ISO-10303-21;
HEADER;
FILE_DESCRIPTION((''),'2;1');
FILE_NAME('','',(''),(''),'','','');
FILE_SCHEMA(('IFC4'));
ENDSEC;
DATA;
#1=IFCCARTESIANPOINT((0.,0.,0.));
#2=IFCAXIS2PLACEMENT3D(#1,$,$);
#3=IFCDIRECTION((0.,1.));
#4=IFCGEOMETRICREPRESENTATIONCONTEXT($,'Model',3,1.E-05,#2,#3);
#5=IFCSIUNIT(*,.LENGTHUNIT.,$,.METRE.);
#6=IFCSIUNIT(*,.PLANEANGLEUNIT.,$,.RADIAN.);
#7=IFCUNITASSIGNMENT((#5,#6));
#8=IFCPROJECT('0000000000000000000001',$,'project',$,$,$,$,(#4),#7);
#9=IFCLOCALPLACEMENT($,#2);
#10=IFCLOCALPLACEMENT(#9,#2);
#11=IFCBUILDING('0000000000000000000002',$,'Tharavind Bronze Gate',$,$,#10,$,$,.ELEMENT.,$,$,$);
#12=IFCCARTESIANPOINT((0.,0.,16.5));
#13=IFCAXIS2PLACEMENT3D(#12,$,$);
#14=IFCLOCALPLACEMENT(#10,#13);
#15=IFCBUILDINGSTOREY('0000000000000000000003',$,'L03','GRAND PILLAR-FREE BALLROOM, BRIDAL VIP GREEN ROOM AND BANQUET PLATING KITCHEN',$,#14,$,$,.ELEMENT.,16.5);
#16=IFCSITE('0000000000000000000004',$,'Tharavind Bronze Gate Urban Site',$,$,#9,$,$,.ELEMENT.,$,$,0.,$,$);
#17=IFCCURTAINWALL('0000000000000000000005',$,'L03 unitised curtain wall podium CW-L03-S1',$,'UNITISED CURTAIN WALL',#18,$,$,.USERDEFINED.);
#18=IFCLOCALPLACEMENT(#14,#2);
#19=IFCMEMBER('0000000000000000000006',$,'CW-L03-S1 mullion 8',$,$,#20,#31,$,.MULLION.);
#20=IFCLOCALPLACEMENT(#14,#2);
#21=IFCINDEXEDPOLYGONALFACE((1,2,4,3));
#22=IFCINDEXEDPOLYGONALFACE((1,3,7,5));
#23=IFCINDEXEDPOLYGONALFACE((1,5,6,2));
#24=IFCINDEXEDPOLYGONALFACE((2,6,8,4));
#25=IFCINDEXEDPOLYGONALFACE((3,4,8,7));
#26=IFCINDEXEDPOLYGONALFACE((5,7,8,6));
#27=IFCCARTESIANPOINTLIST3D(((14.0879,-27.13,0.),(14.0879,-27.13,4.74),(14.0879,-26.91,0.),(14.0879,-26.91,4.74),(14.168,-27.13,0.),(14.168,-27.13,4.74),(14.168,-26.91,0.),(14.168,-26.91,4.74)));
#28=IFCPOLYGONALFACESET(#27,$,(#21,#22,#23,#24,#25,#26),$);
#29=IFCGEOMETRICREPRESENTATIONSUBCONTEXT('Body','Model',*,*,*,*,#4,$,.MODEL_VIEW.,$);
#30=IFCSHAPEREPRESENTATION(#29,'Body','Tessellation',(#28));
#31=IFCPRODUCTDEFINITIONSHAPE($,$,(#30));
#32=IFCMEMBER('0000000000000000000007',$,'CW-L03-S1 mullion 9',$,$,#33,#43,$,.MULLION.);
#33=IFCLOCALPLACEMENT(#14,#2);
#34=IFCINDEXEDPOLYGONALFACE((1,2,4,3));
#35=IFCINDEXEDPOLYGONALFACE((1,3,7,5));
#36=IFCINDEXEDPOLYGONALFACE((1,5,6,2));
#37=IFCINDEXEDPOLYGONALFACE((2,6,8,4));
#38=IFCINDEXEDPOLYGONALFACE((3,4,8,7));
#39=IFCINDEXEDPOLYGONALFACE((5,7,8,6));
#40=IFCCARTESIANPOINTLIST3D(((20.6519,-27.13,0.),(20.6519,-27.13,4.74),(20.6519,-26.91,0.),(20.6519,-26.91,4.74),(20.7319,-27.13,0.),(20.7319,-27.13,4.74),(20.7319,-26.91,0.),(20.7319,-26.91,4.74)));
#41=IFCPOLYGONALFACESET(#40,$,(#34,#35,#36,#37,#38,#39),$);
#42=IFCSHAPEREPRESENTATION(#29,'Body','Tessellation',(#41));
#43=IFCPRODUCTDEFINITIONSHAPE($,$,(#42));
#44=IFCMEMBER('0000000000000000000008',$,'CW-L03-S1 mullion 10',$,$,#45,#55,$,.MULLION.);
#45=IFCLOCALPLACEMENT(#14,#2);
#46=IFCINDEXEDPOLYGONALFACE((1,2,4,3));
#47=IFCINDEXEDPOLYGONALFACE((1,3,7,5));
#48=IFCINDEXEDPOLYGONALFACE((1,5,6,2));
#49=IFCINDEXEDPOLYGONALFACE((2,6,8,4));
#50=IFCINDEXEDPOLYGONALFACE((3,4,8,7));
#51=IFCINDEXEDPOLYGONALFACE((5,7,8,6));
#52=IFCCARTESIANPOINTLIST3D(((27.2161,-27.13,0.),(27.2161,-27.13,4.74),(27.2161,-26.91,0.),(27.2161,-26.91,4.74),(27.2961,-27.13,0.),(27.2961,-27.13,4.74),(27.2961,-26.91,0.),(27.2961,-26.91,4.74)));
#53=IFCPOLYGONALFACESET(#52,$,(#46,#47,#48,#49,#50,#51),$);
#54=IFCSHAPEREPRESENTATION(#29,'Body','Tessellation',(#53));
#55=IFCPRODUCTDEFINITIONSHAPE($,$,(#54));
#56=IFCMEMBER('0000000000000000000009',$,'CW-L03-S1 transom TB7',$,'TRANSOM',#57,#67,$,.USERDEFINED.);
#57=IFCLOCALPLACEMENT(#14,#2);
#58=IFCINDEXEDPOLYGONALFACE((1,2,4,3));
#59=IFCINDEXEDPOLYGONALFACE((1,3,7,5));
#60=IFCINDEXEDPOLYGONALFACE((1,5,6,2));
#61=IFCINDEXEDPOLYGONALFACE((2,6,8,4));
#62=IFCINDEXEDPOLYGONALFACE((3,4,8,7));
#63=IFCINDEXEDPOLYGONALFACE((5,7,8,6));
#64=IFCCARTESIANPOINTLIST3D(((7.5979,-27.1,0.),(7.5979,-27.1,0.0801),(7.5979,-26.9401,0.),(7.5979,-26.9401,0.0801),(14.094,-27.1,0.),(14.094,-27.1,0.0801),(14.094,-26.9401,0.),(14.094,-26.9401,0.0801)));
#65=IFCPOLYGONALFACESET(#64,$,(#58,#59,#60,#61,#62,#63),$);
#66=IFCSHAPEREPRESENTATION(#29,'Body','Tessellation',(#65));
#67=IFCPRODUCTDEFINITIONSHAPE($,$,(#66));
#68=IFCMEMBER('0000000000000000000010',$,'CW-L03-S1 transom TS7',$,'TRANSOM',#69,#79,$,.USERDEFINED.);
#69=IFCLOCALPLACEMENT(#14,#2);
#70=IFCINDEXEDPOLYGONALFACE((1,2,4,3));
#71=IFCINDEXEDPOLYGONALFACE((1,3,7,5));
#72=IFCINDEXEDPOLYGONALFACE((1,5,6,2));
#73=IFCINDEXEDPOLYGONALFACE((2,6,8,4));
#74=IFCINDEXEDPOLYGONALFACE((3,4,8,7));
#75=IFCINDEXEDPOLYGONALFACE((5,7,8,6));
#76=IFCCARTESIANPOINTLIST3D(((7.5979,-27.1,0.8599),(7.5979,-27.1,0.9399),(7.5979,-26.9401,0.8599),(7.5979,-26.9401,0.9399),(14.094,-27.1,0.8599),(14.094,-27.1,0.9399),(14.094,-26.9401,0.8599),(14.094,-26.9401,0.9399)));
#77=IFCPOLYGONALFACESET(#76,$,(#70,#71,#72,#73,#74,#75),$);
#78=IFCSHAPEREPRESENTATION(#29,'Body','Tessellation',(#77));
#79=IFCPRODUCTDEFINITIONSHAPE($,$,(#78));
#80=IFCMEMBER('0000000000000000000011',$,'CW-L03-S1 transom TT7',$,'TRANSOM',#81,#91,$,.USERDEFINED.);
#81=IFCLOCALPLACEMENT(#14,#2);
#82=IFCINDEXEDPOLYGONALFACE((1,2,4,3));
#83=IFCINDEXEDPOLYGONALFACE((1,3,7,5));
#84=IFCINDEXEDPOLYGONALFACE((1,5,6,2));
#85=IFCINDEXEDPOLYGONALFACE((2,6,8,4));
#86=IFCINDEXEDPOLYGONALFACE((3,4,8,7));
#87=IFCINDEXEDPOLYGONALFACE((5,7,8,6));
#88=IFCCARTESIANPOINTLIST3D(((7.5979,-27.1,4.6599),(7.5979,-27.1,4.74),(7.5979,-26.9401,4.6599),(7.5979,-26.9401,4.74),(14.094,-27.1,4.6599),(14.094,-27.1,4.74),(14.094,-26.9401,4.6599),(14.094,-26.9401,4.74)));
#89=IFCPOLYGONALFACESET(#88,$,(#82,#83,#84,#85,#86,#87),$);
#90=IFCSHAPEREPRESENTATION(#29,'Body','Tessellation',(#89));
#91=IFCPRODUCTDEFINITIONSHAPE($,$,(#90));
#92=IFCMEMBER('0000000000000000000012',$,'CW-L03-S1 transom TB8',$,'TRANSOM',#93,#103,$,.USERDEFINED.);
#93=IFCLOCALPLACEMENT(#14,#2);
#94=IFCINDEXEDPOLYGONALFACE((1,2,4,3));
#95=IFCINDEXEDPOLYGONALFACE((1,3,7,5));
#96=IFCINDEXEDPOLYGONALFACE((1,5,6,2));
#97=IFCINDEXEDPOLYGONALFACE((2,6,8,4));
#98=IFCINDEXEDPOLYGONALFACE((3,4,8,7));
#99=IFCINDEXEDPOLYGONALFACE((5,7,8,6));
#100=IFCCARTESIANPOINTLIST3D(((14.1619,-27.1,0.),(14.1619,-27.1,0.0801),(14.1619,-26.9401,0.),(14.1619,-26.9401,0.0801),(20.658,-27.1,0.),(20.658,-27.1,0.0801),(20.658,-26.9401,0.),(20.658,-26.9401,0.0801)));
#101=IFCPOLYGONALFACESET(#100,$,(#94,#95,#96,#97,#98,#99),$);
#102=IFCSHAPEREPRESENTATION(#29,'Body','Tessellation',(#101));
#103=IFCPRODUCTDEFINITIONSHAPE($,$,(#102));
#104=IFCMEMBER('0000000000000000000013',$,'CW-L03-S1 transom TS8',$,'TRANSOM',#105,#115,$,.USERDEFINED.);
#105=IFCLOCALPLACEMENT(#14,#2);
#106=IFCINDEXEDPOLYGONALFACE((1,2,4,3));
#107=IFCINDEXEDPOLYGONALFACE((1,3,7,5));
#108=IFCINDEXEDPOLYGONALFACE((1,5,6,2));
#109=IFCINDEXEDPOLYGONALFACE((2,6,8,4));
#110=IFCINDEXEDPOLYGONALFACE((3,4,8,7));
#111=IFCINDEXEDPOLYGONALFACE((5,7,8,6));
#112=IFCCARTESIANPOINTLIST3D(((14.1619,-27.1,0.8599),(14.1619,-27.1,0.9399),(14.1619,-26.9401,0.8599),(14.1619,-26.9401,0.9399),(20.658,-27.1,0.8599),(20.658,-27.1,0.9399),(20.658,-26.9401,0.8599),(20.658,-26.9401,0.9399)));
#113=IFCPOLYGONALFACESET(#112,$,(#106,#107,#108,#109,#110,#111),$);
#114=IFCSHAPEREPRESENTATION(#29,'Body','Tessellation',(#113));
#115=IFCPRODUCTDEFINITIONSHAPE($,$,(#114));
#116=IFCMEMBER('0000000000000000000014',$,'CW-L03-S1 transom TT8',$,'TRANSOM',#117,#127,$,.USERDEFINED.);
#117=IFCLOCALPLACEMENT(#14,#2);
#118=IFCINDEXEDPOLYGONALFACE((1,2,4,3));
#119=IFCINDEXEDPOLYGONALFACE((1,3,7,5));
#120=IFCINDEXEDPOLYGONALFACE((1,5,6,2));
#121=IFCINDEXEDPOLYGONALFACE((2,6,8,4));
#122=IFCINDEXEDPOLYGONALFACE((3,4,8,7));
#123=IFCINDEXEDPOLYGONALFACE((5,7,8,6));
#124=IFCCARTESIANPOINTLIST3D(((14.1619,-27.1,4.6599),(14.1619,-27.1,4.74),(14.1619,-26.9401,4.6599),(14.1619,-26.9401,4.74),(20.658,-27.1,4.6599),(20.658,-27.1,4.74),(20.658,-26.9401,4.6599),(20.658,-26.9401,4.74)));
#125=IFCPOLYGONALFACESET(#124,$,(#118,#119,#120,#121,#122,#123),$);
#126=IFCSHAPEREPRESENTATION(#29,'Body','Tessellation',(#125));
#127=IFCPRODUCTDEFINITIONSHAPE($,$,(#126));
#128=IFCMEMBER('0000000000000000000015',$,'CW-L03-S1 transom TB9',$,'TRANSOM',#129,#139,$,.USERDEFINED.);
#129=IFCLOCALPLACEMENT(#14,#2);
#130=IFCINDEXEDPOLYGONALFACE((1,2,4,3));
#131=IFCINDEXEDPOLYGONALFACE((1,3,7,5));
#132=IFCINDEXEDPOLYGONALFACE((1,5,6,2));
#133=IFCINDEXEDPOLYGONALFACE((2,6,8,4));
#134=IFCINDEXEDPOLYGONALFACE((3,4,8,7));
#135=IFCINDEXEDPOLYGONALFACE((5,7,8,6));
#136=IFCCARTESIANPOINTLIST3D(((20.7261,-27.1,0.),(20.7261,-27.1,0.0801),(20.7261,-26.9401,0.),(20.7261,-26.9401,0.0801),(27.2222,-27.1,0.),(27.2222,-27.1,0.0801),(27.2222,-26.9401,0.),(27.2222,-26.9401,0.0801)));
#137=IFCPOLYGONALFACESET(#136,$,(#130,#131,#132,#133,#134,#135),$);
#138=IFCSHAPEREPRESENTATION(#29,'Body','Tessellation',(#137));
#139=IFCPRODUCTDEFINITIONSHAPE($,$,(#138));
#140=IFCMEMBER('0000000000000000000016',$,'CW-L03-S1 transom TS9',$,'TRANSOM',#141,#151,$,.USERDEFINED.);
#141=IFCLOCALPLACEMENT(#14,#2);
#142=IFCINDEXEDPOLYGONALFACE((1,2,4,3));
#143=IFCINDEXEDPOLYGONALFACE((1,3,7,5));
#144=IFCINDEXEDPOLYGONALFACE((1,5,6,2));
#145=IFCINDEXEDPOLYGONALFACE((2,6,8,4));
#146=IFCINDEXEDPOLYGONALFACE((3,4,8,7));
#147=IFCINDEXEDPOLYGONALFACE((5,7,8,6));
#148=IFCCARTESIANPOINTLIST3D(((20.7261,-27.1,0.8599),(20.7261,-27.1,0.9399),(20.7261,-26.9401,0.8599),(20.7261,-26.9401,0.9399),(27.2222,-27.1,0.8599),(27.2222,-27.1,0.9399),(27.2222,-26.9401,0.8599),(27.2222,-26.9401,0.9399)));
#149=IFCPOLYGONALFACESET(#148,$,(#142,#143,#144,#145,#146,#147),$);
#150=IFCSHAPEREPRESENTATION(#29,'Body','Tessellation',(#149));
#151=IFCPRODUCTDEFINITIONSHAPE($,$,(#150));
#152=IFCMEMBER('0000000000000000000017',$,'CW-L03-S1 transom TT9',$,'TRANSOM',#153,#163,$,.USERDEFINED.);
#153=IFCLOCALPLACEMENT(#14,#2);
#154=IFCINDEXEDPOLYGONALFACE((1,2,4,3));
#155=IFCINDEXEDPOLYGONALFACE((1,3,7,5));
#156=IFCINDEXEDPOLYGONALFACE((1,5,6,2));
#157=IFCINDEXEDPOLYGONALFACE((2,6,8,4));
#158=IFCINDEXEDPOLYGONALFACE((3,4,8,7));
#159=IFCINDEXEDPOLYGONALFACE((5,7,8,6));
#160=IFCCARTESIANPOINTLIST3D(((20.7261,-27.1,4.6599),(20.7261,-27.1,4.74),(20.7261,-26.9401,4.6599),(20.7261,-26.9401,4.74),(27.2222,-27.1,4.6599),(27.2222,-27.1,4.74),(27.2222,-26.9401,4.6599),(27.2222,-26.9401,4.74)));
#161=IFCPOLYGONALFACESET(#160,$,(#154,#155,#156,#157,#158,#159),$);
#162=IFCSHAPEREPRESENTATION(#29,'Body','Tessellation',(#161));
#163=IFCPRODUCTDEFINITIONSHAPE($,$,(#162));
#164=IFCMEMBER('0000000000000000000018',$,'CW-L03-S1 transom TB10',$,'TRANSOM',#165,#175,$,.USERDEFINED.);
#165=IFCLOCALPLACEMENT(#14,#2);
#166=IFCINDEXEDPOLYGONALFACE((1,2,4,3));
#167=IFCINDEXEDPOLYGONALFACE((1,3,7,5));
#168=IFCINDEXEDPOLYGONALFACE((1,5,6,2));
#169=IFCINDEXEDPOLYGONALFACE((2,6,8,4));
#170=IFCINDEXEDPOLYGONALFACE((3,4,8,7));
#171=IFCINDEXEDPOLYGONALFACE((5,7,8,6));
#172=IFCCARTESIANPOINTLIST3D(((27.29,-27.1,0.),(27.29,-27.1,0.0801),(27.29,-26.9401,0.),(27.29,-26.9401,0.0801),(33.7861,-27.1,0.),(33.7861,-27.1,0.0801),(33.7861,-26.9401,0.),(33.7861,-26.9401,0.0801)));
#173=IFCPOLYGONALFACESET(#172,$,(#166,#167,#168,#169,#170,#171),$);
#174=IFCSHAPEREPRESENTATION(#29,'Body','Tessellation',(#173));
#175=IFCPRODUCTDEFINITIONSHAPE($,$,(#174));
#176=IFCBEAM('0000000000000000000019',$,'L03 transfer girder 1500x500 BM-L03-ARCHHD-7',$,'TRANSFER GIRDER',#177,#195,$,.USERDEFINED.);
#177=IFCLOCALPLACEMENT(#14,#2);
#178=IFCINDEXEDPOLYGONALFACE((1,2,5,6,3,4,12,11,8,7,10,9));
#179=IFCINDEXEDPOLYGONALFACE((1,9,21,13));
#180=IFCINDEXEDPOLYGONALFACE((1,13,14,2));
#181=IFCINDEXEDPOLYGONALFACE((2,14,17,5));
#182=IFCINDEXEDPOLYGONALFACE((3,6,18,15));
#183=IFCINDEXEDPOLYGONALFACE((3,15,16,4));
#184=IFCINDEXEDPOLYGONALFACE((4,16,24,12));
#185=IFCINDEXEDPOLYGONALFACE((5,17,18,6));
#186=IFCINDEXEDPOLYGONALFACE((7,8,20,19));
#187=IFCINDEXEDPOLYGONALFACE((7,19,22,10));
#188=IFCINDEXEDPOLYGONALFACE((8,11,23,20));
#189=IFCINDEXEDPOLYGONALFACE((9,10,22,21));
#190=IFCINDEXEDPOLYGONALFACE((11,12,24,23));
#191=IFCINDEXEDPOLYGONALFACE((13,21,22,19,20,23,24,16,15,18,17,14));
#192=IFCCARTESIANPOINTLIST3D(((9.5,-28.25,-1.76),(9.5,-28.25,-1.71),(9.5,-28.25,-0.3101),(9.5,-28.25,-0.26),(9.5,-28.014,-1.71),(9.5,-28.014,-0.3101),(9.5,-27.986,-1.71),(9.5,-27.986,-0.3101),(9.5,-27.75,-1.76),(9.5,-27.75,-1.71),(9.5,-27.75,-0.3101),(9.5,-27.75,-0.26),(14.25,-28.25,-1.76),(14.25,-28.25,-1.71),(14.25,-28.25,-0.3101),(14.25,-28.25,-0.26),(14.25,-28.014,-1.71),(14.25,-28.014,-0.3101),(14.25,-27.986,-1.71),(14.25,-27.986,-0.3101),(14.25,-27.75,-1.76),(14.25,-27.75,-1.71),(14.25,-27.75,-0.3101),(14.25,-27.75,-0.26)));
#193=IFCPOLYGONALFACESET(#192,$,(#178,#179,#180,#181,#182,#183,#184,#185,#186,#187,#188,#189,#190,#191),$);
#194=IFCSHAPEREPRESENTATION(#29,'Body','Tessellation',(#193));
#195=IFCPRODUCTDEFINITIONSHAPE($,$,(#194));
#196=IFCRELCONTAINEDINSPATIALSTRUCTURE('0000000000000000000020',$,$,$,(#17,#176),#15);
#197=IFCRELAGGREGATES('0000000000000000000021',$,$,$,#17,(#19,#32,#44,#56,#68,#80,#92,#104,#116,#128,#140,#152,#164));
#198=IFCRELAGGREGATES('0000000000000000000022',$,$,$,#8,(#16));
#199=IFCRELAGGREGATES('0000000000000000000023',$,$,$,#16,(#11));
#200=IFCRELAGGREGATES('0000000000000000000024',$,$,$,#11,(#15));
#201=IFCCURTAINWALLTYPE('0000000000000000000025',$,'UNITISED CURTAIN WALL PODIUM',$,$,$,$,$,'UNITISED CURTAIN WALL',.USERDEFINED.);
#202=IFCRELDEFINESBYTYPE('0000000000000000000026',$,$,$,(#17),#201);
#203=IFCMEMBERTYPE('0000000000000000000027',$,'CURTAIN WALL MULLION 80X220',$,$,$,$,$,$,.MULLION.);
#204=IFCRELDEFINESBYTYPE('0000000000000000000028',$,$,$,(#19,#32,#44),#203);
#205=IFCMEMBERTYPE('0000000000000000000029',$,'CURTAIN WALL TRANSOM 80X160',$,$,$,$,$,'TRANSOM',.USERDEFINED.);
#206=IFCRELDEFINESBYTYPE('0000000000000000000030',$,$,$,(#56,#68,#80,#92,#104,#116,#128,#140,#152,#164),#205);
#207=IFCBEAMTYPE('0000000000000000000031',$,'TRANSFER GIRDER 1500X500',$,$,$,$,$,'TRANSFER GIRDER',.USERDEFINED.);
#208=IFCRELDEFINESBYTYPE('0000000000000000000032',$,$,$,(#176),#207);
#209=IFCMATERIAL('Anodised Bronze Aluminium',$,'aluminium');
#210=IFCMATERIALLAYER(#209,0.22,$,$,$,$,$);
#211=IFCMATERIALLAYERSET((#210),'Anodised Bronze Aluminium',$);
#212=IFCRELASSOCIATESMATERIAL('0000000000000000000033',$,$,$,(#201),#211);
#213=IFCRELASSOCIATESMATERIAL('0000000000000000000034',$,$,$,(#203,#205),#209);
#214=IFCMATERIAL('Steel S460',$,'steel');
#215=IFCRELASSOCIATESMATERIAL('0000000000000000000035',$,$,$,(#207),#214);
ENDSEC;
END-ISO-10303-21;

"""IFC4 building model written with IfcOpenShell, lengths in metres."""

from ifc_helpers import new_model, si_unit, direction, frame, origin, origin_2d, place, context, subcontext, project, spatial, rectangle, i_section, extrude, material, layer, layer_set, material_profile, profile_set, type_object, element, aggregate, save


model = new_model("IFC4")

# Units and contexts
model_context = context("Model", 3, precision=1e-05, world=origin(), true_north=direction((0.0, 1.0)))
body_context = subcontext(model_context, "Body", "Model", "MODEL_VIEW")
ifc_project = project(units=[si_unit("LENGTHUNIT", "METRE"), si_unit("PLANEANGLEUNIT", "RADIAN")], contexts=[model_context])

# Site, building, storey
site_placement = place(None, origin())
site = spatial("IfcSite", under=ifc_project, at=site_placement, Name="Tharavind Bronze Gate Urban Site", CompositionType="ELEMENT", RefElevation=0.0)
building_placement = place(site_placement, origin())
building = spatial("IfcBuilding", under=site, at=building_placement, Name="Tharavind Bronze Gate", CompositionType="ELEMENT")
storey_placement = place(building_placement, frame((0.0, 0.0, 16.5)))
storey = spatial("IfcBuildingStorey", under=building, at=storey_placement, Name="L03", Description="GRAND PILLAR-FREE BALLROOM, BRIDAL VIP GREEN ROOM AND BANQUET PLATING KITCHEN", CompositionType="ELEMENT", Elevation=16.5)

# Curtain wall, members
ifc_material_1 = material(Name="Anodised Bronze Aluminium", Category="aluminium")
ifc_layer_1 = layer(ifc_material_1, 0.22)
ifc_layer_set_1 = layer_set([ifc_layer_1], Name="Anodised Bronze Aluminium")
curtain_wall_type = type_object("IfcCurtainWallType", Name="UNITISED CURTAIN WALL PODIUM", ElementType="UNITISED CURTAIN WALL", PredefinedType="USERDEFINED", material=ifc_layer_set_1)
curtain_wall_placement = place(storey_placement, origin())
curtain_wall = element("IfcCurtainWall", 1, at=curtain_wall_placement, inside=storey, type_object=curtain_wall_type, Name="L03 unitised curtain wall podium CW-L03-S1", ObjectType="UNITISED CURTAIN WALL", PredefinedType="USERDEFINED")
member_type_1 = type_object("IfcMemberType", Name="CURTAIN WALL MULLION 80X220", PredefinedType="MULLION", material=ifc_material_1)
member_1_placement = place(storey_placement, frame((14.1279, -27.02, 0.0), z_axis=(0.0, 0.0, 1.0), x_axis=(1.0, 0.0, 0.0)))
member_1 = element("IfcMember", 2, at=member_1_placement, type_object=member_type_1, Name="CW-L03-S1 mullion 8", PredefinedType="MULLION", context=body_context, shape_type="SweptSolid", body=[
    extrude(rectangle(XDim=0.0801, YDim=0.22, at=origin_2d()), origin(), (0.0, 0.0, 1.0), 4.74),
])
member_2_placement = place(storey_placement, frame((20.6919, -27.02, 0.0), z_axis=(0.0, 0.0, 1.0), x_axis=(1.0, 0.0, 0.0)))
member_2 = element("IfcMember", 3, at=member_2_placement, type_object=member_type_1, Name="CW-L03-S1 mullion 9", PredefinedType="MULLION", context=body_context, shape_type="SweptSolid", body=[
    extrude(rectangle(XDim=0.0801, YDim=0.22, at=origin_2d()), origin(), (0.0, 0.0, 1.0), 4.74),
])
member_3_placement = place(storey_placement, frame((27.2561, -27.02, 0.0), z_axis=(0.0, 0.0, 1.0), x_axis=(1.0, 0.0, 0.0)))
member_3 = element("IfcMember", 4, at=member_3_placement, type_object=member_type_1, Name="CW-L03-S1 mullion 10", PredefinedType="MULLION", context=body_context, shape_type="SweptSolid", body=[
    extrude(rectangle(XDim=0.0801, YDim=0.22, at=origin_2d()), origin(), (0.0, 0.0, 1.0), 4.74),
])
member_type_2 = type_object("IfcMemberType", Name="CURTAIN WALL TRANSOM 80X160", ElementType="TRANSOM", PredefinedType="USERDEFINED", material=ifc_material_1)
member_4_placement = place(storey_placement, frame((10.8459, -27.02, 0.0), z_axis=(0.0, 0.0, 1.0), x_axis=(1.0, 0.0, 0.0)))
member_4 = element("IfcMember", 5, at=member_4_placement, type_object=member_type_2, Name="CW-L03-S1 transom TB7", ObjectType="TRANSOM", PredefinedType="USERDEFINED", context=body_context, shape_type="SweptSolid", body=[
    extrude(rectangle(XDim=6.4961, YDim=0.1599, at=origin_2d()), origin(), (0.0, 0.0, 1.0), 0.0801),
])
member_5_placement = place(storey_placement, frame((10.8459, -27.02, 0.8599), z_axis=(0.0, 0.0, 1.0), x_axis=(1.0, 0.0, 0.0)))
member_5 = element("IfcMember", 6, at=member_5_placement, type_object=member_type_2, Name="CW-L03-S1 transom TS7", ObjectType="TRANSOM", PredefinedType="USERDEFINED", context=body_context, shape_type="SweptSolid", body=[
    extrude(rectangle(XDim=6.4961, YDim=0.1599, at=origin_2d()), origin(), (0.0, 0.0, 1.0), 0.0801),
])
member_6_placement = place(storey_placement, frame((10.8459, -27.02, 4.6599), z_axis=(0.0, 0.0, 1.0), x_axis=(1.0, 0.0, 0.0)))
member_6 = element("IfcMember", 7, at=member_6_placement, type_object=member_type_2, Name="CW-L03-S1 transom TT7", ObjectType="TRANSOM", PredefinedType="USERDEFINED", context=body_context, shape_type="SweptSolid", body=[
    extrude(rectangle(XDim=6.4961, YDim=0.1599, at=origin_2d()), origin(), (0.0, 0.0, 1.0), 0.0801),
])
member_7_placement = place(storey_placement, frame((17.4099, -27.02, 0.0), z_axis=(0.0, 0.0, 1.0), x_axis=(1.0, 0.0, 0.0)))
member_7 = element("IfcMember", 8, at=member_7_placement, type_object=member_type_2, Name="CW-L03-S1 transom TB8", ObjectType="TRANSOM", PredefinedType="USERDEFINED", context=body_context, shape_type="SweptSolid", body=[
    extrude(rectangle(XDim=6.4961, YDim=0.1599, at=origin_2d()), origin(), (0.0, 0.0, 1.0), 0.0801),
])
member_8_placement = place(storey_placement, frame((17.4099, -27.02, 0.8599), z_axis=(0.0, 0.0, 1.0), x_axis=(1.0, 0.0, 0.0)))
member_8 = element("IfcMember", 9, at=member_8_placement, type_object=member_type_2, Name="CW-L03-S1 transom TS8", ObjectType="TRANSOM", PredefinedType="USERDEFINED", context=body_context, shape_type="SweptSolid", body=[
    extrude(rectangle(XDim=6.4961, YDim=0.1599, at=origin_2d()), origin(), (0.0, 0.0, 1.0), 0.0801),
])
member_9_placement = place(storey_placement, frame((17.4099, -27.02, 4.6599), z_axis=(0.0, 0.0, 1.0), x_axis=(1.0, 0.0, 0.0)))
member_9 = element("IfcMember", 10, at=member_9_placement, type_object=member_type_2, Name="CW-L03-S1 transom TT8", ObjectType="TRANSOM", PredefinedType="USERDEFINED", context=body_context, shape_type="SweptSolid", body=[
    extrude(rectangle(XDim=6.4961, YDim=0.1599, at=origin_2d()), origin(), (0.0, 0.0, 1.0), 0.0801),
])
member_10_placement = place(storey_placement, frame((23.9741, -27.02, 0.0), z_axis=(0.0, 0.0, 1.0), x_axis=(1.0, 0.0, 0.0)))
member_10 = element("IfcMember", 11, at=member_10_placement, type_object=member_type_2, Name="CW-L03-S1 transom TB9", ObjectType="TRANSOM", PredefinedType="USERDEFINED", context=body_context, shape_type="SweptSolid", body=[
    extrude(rectangle(XDim=6.4961, YDim=0.1599, at=origin_2d()), origin(), (0.0, 0.0, 1.0), 0.0801),
])
member_11_placement = place(storey_placement, frame((23.9741, -27.02, 0.8599), z_axis=(0.0, 0.0, 1.0), x_axis=(1.0, 0.0, 0.0)))
member_11 = element("IfcMember", 12, at=member_11_placement, type_object=member_type_2, Name="CW-L03-S1 transom TS9", ObjectType="TRANSOM", PredefinedType="USERDEFINED", context=body_context, shape_type="SweptSolid", body=[
    extrude(rectangle(XDim=6.4961, YDim=0.1599, at=origin_2d()), origin(), (0.0, 0.0, 1.0), 0.0801),
])
member_12_placement = place(storey_placement, frame((23.9741, -27.02, 4.6599), z_axis=(0.0, 0.0, 1.0), x_axis=(1.0, 0.0, 0.0)))
member_12 = element("IfcMember", 13, at=member_12_placement, type_object=member_type_2, Name="CW-L03-S1 transom TT9", ObjectType="TRANSOM", PredefinedType="USERDEFINED", context=body_context, shape_type="SweptSolid", body=[
    extrude(rectangle(XDim=6.4961, YDim=0.1599, at=origin_2d()), origin(), (0.0, 0.0, 1.0), 0.0801),
])
member_13_placement = place(storey_placement, frame((30.5381, -27.02, 0.0), z_axis=(0.0, 0.0, 1.0), x_axis=(1.0, 0.0, 0.0)))
member_13 = element("IfcMember", 14, at=member_13_placement, type_object=member_type_2, Name="CW-L03-S1 transom TB10", ObjectType="TRANSOM", PredefinedType="USERDEFINED", context=body_context, shape_type="SweptSolid", body=[
    extrude(rectangle(XDim=6.4961, YDim=0.1599, at=origin_2d()), origin(), (0.0, 0.0, 1.0), 0.0801),
])

# Beam
ifc_material_2 = material(Name="Steel S460", Category="steel")
ifc_material_profile = material_profile(ifc_material_2, i_section(OverallWidth=0.5, OverallDepth=1.5, WebThickness=0.0281, FlangeThickness=0.05, at=origin_2d()), Name="PG1500X500")
ifc_profile_set = profile_set([ifc_material_profile], Name="Steel S460")
beam_type = type_object("IfcBeamType", Name="TRANSFER GIRDER 1500X500", ElementType="TRANSFER GIRDER", PredefinedType="USERDEFINED", material=ifc_profile_set)
for number, where, z_axis, x_axis, name in (
    (15, (9.5, -28.0, -1.01), (1.0, 0.0, 0.0), (0.0, 1.0, 0.0), "L03 transfer girder 1500x500 BM-L03-ARCHHD-7"),
):
    element("IfcBeam", number, at=place(storey_placement, frame(where, z_axis=z_axis, x_axis=x_axis)), inside=storey, type_object=beam_type, Name=name, ObjectType="TRANSFER GIRDER", PredefinedType="USERDEFINED", context=body_context, shape_type="SweptSolid", body=[
        extrude(i_section(OverallWidth=0.5, OverallDepth=1.5, WebThickness=0.0281, FlangeThickness=0.05, at=origin_2d()), origin(), (0.0, 0.0, 1.0), 4.75),
    ])

aggregate(curtain_wall, [member_1, member_2, member_3, member_4, member_5, member_6, member_7, member_8, member_9, member_10, member_11, member_12, member_13])

save(model, "model.ifc")
